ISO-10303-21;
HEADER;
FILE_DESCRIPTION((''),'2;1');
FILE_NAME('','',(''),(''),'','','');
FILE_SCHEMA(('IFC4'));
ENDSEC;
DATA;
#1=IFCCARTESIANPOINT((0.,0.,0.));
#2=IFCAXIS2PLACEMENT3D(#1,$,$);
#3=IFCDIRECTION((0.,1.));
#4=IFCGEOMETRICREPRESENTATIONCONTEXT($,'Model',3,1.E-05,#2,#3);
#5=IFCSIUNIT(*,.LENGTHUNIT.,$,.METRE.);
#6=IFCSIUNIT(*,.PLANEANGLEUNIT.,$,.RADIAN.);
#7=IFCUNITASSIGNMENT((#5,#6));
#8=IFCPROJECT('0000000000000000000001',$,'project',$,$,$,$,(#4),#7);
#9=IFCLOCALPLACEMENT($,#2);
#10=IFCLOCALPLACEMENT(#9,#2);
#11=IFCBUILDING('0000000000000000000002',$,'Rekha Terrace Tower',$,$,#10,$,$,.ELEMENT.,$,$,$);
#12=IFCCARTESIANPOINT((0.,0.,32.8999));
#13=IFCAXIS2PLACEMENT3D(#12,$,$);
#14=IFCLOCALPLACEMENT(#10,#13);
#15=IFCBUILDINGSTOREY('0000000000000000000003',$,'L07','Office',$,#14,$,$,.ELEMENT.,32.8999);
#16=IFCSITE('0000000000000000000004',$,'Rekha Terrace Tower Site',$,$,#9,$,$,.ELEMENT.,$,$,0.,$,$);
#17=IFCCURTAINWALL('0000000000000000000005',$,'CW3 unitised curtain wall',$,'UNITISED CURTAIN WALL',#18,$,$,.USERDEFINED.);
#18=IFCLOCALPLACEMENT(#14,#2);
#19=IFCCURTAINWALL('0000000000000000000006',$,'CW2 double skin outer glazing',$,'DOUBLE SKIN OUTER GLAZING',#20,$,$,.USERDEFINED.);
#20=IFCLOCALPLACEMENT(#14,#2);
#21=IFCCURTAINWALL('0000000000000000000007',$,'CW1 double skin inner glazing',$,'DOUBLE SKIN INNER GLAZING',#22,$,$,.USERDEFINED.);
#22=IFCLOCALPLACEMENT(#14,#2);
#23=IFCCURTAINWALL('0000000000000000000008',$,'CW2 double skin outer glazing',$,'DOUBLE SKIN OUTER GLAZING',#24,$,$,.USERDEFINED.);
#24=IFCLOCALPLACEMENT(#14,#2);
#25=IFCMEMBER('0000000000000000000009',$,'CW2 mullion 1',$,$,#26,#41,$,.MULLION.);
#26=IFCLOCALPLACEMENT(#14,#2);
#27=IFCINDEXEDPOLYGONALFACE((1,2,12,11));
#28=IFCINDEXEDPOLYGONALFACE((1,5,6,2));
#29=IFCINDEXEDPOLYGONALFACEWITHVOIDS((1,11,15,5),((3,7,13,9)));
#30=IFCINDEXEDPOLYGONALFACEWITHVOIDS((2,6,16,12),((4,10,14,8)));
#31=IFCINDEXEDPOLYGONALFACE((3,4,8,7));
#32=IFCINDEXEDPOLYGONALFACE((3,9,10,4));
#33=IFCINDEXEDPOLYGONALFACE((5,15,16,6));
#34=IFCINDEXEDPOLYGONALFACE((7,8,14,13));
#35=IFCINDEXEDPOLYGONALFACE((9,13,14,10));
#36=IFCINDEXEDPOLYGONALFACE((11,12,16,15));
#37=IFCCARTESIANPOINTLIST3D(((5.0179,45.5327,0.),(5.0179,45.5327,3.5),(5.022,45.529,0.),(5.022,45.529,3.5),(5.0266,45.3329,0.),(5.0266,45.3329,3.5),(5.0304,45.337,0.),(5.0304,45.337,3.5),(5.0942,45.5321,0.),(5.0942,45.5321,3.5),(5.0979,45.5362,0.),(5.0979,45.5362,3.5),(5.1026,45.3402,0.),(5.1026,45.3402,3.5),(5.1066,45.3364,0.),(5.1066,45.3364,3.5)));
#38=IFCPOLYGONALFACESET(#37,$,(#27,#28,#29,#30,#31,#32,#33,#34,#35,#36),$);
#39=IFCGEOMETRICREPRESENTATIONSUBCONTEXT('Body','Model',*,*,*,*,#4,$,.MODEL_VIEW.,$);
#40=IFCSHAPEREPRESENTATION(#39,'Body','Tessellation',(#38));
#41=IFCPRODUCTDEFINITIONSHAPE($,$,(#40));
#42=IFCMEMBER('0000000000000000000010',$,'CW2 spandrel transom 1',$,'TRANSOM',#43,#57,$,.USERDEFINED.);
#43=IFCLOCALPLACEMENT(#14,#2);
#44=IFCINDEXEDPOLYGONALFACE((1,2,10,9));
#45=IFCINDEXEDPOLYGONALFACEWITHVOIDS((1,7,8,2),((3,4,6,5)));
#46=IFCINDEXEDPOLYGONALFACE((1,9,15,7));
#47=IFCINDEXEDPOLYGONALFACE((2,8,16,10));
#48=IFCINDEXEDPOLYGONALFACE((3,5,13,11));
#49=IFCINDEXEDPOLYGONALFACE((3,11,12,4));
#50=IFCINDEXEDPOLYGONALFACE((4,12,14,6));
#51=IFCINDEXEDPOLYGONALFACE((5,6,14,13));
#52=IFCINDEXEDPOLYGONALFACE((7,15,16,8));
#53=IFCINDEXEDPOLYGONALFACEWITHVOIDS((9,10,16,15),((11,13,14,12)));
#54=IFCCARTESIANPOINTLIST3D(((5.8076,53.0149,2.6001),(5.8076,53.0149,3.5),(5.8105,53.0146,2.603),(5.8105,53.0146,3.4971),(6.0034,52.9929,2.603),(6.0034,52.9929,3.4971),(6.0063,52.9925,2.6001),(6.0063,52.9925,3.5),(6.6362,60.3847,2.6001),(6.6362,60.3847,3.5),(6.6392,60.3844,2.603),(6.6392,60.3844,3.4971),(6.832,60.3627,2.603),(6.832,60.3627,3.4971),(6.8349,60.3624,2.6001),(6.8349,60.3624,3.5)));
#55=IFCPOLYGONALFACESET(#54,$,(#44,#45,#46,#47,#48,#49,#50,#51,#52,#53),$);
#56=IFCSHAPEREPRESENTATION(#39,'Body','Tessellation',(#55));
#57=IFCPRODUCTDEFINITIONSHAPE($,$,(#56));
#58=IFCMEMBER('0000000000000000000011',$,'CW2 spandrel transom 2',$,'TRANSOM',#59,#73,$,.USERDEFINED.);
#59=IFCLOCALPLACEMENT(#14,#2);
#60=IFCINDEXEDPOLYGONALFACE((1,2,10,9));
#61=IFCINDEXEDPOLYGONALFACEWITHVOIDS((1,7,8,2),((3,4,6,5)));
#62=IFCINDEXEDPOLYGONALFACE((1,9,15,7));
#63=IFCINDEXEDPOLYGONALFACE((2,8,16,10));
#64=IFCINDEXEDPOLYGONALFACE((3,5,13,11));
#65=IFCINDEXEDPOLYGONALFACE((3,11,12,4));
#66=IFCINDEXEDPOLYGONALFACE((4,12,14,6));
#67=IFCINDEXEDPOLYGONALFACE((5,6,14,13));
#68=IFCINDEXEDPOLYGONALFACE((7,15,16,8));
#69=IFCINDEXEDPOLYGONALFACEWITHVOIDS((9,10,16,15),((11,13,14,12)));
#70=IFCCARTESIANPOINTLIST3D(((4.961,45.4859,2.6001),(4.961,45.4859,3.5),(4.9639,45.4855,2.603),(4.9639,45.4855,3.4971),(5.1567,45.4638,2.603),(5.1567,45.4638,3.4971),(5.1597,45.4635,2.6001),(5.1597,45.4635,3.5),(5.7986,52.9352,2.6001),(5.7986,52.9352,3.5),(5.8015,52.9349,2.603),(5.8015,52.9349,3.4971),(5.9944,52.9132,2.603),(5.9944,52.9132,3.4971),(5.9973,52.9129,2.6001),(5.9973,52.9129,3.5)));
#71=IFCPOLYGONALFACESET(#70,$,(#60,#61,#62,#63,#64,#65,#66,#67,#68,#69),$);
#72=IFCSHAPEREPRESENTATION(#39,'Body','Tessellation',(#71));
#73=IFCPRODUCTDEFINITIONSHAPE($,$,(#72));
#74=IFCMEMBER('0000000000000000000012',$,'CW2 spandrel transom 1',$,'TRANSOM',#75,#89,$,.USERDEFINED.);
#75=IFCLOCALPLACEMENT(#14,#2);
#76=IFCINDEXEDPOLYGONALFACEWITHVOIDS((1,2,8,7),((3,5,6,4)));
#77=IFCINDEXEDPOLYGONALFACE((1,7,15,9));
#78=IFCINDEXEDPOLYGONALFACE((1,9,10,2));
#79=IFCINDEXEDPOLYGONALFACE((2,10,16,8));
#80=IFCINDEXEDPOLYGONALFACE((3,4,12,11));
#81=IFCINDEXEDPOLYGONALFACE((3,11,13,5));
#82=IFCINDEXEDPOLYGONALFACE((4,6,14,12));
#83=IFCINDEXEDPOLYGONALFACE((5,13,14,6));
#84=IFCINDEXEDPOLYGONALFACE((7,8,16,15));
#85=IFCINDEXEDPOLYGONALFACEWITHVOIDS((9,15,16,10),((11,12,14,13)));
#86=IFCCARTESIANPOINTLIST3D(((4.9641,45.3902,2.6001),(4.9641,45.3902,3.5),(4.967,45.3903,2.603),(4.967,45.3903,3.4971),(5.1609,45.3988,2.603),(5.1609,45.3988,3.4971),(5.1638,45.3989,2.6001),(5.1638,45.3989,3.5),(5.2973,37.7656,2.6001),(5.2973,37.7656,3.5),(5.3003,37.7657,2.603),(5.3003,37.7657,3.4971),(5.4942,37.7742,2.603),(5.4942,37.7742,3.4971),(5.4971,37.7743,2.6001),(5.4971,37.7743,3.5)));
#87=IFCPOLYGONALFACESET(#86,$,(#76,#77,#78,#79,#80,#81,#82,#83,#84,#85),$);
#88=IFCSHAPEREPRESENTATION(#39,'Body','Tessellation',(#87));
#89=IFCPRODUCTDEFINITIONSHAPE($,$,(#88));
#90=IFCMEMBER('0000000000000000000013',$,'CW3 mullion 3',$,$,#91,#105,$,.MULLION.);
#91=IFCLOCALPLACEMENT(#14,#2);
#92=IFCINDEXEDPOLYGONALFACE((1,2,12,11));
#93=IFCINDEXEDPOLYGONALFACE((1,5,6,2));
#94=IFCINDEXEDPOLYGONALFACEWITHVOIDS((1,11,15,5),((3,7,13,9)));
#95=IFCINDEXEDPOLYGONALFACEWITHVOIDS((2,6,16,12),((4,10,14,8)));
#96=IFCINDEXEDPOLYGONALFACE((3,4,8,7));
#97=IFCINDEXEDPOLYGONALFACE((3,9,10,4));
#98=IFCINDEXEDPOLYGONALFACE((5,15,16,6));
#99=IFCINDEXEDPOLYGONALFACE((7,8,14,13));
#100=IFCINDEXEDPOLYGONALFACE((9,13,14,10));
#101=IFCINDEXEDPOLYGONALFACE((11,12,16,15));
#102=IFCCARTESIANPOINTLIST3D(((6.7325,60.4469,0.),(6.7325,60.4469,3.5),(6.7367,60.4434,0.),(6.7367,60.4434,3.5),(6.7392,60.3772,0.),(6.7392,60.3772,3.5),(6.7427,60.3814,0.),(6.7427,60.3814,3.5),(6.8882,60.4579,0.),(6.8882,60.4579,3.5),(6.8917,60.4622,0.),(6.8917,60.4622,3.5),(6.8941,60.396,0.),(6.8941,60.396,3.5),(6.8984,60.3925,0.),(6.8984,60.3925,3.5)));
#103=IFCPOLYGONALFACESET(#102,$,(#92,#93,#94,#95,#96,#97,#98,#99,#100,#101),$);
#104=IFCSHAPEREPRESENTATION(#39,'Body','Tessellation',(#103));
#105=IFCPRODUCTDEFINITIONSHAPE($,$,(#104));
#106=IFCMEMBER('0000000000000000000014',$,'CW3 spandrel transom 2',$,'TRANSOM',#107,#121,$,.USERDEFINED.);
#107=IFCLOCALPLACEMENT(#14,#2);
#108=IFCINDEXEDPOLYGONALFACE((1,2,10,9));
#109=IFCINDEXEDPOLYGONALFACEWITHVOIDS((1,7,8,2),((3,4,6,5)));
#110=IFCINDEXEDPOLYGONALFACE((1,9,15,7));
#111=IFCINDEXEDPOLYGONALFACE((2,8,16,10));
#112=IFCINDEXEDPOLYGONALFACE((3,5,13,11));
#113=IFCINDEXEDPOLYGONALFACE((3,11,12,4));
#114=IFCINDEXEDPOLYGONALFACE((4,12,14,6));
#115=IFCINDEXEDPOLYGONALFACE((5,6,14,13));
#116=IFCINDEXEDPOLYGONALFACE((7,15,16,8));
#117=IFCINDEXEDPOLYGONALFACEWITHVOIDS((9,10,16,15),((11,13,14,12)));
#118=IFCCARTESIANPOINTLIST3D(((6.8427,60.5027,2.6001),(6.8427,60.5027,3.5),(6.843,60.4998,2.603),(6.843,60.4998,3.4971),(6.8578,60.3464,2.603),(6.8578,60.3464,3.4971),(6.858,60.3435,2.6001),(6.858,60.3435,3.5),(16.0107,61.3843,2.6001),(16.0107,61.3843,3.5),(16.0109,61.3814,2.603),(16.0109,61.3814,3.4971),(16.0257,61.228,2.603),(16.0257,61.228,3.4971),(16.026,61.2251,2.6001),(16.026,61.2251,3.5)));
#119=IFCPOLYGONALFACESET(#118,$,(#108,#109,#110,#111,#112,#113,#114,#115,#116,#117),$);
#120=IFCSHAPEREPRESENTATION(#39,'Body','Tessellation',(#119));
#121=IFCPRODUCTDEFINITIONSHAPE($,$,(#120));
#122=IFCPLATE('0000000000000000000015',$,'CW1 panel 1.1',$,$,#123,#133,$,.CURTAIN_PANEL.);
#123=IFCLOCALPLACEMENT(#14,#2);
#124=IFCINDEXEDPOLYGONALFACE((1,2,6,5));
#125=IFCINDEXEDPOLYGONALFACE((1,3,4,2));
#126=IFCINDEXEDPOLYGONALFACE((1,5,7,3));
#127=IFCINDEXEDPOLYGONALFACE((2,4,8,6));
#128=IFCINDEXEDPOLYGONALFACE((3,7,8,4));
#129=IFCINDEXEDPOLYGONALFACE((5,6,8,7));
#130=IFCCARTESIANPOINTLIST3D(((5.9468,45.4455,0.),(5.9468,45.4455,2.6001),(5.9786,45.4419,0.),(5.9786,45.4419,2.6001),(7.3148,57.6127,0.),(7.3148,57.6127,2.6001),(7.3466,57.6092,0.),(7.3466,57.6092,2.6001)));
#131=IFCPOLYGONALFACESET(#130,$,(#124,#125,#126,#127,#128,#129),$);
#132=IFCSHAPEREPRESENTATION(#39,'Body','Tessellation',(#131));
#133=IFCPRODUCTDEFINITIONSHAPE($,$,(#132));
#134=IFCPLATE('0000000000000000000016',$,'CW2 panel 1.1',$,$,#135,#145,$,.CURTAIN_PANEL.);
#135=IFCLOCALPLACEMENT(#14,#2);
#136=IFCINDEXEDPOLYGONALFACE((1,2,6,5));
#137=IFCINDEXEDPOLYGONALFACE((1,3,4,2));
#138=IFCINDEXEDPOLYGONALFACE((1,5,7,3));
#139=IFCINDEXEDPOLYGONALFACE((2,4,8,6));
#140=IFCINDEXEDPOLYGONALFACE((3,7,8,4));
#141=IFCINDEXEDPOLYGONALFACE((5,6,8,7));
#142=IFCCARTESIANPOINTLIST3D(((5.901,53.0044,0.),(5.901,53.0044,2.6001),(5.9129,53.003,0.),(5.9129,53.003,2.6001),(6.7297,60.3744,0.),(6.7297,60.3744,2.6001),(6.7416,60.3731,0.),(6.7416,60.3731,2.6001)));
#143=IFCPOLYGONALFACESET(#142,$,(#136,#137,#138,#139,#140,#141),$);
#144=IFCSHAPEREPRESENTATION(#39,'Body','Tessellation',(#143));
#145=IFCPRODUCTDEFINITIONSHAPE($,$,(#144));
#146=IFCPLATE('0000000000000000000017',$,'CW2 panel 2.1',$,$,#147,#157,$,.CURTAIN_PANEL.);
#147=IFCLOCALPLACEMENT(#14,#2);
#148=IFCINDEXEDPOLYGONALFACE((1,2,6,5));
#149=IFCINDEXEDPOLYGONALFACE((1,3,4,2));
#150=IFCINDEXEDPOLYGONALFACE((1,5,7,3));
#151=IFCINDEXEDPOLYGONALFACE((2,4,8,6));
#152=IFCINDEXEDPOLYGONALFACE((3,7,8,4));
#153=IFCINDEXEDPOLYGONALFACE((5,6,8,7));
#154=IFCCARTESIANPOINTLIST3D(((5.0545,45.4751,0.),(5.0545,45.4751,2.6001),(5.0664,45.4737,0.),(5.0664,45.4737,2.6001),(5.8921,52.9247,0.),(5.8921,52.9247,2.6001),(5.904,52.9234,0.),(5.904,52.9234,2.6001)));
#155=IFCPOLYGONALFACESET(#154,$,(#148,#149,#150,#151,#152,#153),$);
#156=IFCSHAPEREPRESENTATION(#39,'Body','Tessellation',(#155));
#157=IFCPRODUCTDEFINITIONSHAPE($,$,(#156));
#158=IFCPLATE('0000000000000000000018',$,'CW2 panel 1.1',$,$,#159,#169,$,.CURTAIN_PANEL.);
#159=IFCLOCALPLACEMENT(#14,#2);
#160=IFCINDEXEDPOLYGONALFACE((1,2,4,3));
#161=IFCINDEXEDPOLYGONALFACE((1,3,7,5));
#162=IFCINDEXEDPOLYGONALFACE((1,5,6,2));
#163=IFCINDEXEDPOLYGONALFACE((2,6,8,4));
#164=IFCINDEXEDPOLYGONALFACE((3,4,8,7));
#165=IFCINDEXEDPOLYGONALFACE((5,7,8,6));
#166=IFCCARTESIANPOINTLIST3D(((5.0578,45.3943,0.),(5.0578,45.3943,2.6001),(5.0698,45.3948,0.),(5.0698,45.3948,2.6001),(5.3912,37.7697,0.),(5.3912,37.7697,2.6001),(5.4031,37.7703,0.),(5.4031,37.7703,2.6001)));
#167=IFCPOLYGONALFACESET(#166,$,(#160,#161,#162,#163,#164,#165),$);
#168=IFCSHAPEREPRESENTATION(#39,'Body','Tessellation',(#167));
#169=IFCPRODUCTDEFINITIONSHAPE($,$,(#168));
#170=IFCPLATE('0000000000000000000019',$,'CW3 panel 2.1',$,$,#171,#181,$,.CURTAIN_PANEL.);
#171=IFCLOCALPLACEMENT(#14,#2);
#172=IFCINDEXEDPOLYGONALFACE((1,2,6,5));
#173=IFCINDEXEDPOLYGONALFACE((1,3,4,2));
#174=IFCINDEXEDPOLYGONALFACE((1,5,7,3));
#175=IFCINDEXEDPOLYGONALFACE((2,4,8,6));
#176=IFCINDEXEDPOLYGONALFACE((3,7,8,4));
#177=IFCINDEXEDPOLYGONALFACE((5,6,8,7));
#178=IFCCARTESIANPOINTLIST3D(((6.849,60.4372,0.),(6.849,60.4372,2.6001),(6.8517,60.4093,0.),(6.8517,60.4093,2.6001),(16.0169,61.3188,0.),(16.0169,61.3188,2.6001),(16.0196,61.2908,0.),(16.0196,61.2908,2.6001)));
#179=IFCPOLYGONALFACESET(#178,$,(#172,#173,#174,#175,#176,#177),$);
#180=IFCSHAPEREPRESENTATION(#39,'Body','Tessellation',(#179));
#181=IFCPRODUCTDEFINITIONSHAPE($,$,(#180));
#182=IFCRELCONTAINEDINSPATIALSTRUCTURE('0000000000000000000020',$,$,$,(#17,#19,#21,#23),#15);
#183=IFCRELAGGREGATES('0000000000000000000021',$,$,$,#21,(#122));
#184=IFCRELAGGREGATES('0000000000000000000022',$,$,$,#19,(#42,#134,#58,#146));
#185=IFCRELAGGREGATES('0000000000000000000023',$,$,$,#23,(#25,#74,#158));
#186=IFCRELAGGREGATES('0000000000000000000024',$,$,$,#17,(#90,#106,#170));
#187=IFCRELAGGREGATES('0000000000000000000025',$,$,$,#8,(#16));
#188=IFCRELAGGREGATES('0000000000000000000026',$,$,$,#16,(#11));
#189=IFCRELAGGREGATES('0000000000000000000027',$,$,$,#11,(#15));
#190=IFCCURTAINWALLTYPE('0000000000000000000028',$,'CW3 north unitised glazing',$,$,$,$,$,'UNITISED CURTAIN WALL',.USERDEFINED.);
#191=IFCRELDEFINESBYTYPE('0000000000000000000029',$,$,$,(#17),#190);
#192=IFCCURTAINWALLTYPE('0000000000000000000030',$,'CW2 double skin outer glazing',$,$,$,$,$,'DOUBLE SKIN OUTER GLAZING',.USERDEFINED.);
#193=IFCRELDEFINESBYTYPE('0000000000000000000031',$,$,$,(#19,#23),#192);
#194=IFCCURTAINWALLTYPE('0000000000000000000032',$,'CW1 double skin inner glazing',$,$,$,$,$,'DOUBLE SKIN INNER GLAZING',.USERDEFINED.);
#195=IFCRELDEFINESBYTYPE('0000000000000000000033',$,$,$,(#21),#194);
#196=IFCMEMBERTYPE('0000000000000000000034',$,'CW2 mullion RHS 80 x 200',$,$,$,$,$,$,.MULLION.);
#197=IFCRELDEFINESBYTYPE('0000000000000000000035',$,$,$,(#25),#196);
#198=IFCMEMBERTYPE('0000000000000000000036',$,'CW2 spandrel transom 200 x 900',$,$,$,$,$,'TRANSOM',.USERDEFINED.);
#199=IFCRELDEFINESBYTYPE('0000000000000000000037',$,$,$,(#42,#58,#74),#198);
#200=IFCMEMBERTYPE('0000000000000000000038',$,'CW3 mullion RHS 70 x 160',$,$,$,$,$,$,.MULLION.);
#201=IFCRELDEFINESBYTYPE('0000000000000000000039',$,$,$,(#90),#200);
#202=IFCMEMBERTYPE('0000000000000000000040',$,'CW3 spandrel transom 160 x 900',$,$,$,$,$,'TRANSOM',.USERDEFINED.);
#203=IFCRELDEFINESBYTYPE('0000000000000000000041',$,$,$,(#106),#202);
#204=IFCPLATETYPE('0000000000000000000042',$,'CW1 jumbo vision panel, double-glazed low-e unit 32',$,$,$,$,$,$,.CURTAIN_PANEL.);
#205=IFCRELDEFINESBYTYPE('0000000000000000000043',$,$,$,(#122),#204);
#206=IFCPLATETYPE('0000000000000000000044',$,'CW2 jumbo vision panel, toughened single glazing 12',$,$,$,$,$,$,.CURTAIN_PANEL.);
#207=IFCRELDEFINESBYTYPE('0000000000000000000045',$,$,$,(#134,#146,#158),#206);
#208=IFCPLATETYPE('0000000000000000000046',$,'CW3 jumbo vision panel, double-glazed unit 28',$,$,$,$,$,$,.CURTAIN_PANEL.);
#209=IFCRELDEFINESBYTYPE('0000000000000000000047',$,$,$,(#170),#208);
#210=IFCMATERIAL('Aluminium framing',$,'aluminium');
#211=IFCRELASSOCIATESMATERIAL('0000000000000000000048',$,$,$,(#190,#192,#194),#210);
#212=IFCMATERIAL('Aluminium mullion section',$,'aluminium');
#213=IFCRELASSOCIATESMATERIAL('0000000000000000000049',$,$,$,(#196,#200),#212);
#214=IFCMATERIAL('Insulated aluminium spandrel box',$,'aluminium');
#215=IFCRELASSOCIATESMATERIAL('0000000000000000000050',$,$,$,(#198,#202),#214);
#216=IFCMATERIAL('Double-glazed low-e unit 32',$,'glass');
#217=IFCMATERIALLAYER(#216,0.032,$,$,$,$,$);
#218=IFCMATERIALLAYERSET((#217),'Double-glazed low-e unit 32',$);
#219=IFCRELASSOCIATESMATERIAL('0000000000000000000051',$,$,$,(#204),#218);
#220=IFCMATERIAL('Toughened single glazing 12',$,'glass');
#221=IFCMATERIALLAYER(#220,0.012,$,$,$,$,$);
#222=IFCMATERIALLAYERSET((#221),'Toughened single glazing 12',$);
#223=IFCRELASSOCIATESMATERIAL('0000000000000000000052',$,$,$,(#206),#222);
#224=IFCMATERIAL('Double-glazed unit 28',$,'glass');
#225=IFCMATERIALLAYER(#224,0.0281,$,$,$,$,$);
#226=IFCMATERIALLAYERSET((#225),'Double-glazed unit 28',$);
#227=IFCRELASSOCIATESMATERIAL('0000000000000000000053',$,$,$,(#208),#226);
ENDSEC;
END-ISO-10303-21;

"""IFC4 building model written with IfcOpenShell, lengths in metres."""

from ifc_helpers import new_model, si_unit, direction, frame, origin, origin_2d, place, context, subcontext, project, spatial, rectangle, hollow_rectangle, extrude, material, layer, layer_set, material_profile, profile_set, type_object, element, aggregate, save


model = new_model("IFC4")

# Units and contexts
model_context = context("Model", 3, precision=1e-05, world=origin(), true_north=direction((0.0, 1.0)))
body_context = subcontext(model_context, "Body", "Model", "MODEL_VIEW")
ifc_project = project(units=[si_unit("LENGTHUNIT", "METRE"), si_unit("PLANEANGLEUNIT", "RADIAN")], contexts=[model_context])

# Site, building, storey
site_placement = place(None, origin())
site = spatial("IfcSite", under=ifc_project, at=site_placement, Name="Rekha Terrace Tower Site", CompositionType="ELEMENT", RefElevation=0.0)
building_placement = place(site_placement, origin())
building = spatial("IfcBuilding", under=site, at=building_placement, Name="Rekha Terrace Tower", CompositionType="ELEMENT")
storey_placement = place(building_placement, frame((0.0, 0.0, 32.8999)))
storey = spatial("IfcBuildingStorey", under=building, at=storey_placement, Name="L07", Description="Office", CompositionType="ELEMENT", Elevation=32.8999)

# Curtain walls
ifc_material_1 = material(Name="Aluminium framing", Category="aluminium")
curtain_wall_type_1 = type_object("IfcCurtainWallType", Name="CW3 north unitised glazing", ElementType="UNITISED CURTAIN WALL", PredefinedType="USERDEFINED", material=ifc_material_1)
curtain_wall_1_placement = place(storey_placement, origin())
curtain_wall_1 = element("IfcCurtainWall", 1, at=curtain_wall_1_placement, inside=storey, type_object=curtain_wall_type_1, Name="CW3 unitised curtain wall", ObjectType="UNITISED CURTAIN WALL", PredefinedType="USERDEFINED")
curtain_wall_type_2 = type_object("IfcCurtainWallType", Name="CW2 double skin outer glazing", ElementType="DOUBLE SKIN OUTER GLAZING", PredefinedType="USERDEFINED", material=ifc_material_1)
curtain_wall_2_placement = place(storey_placement, origin())
curtain_wall_2 = element("IfcCurtainWall", 2, at=curtain_wall_2_placement, inside=storey, type_object=curtain_wall_type_2, Name="CW2 double skin outer glazing", ObjectType="DOUBLE SKIN OUTER GLAZING", PredefinedType="USERDEFINED")
curtain_wall_type_3 = type_object("IfcCurtainWallType", Name="CW1 double skin inner glazing", ElementType="DOUBLE SKIN INNER GLAZING", PredefinedType="USERDEFINED", material=ifc_material_1)
curtain_wall_3_placement = place(storey_placement, origin())
curtain_wall_3 = element("IfcCurtainWall", 3, at=curtain_wall_3_placement, inside=storey, type_object=curtain_wall_type_3, Name="CW1 double skin inner glazing", ObjectType="DOUBLE SKIN INNER GLAZING", PredefinedType="USERDEFINED")
ifc_material_2 = material(Name="Aluminium mullion section", Category="aluminium")

# Shared definitions
ifc_material_3 = material(Name="Insulated aluminium spandrel box", Category="aluminium")
ifc_material_profile_1 = material_profile(ifc_material_2, hollow_rectangle(XDim=0.0801, YDim=0.2, WallThickness=0.0039, at=origin_2d()), Name="AL RHS 80x200")
ifc_profile_set_1 = profile_set([ifc_material_profile_1], Name="Aluminium mullion section")
member_type_1 = type_object("IfcMemberType", Name="CW2 mullion RHS 80 x 200", PredefinedType="MULLION", material=ifc_profile_set_1)

# Curtain wall, member
curtain_wall_4_placement = place(storey_placement, origin())
curtain_wall_4 = element("IfcCurtainWall", 4, at=curtain_wall_4_placement, inside=storey, type_object=curtain_wall_type_2, Name="CW2 double skin outer glazing", ObjectType="DOUBLE SKIN OUTER GLAZING", PredefinedType="USERDEFINED")
member_1_placement = place(storey_placement, frame((5.0623, 45.4346, 0.0), z_axis=(0.0, 0.0, 1.0), x_axis=(0.999045, 0.043683, 0.0)))
member_1 = element("IfcMember", 5, at=member_1_placement, type_object=member_type_1, Name="CW2 mullion 1", PredefinedType="MULLION", context=body_context, shape_type="SweptSolid", body=[
    extrude(hollow_rectangle(XDim=0.0801, YDim=0.2, WallThickness=0.0039, at=origin_2d()), origin(), (0.0, 0.0, 1.0), 3.5),
])

# Members
ifc_material_profile_2 = material_profile(ifc_material_3, hollow_rectangle(XDim=0.2, YDim=0.8999, WallThickness=0.0029, at=origin_2d()), Name="AL SPANDREL BOX 200x900")
ifc_profile_set_2 = profile_set([ifc_material_profile_2], Name="Insulated aluminium spandrel box")
member_type_2 = type_object("IfcMemberType", Name="CW2 spandrel transom 200 x 900", ElementType="TRANSOM", PredefinedType="USERDEFINED", material=ifc_profile_set_2)
member_2_placement = place(storey_placement, frame((6.7356, 60.3735, 3.05), z_axis=(-0.111729, -0.993739, 0.0), x_axis=(0.993739, -0.111729, 0.0)))
member_2 = element("IfcMember", 6, at=member_2_placement, type_object=member_type_2, Name="CW2 spandrel transom 1", ObjectType="TRANSOM", PredefinedType="USERDEFINED", context=body_context, shape_type="SweptSolid", body=[
    extrude(hollow_rectangle(XDim=0.2, YDim=0.8999, WallThickness=0.0029, at=origin_2d()), origin(), (0.0, 0.0, 1.0), 7.4163),
])
member_3_placement = place(storey_placement, frame((5.8979, 52.9241, 3.05), z_axis=(-0.11174, -0.993738, 0.0), x_axis=(0.993738, -0.11174, 0.0)))
member_3 = element("IfcMember", 7, at=member_3_placement, type_object=member_type_2, Name="CW2 spandrel transom 2", ObjectType="TRANSOM", PredefinedType="USERDEFINED", context=body_context, shape_type="SweptSolid", body=[
    extrude(hollow_rectangle(XDim=0.2, YDim=0.8999, WallThickness=0.0029, at=origin_2d()), origin(), (0.0, 0.0, 1.0), 7.4963),
])
member_4_placement = place(storey_placement, frame((5.064, 45.3945, 3.05), z_axis=(0.043666, -0.999046, 0.0), x_axis=(0.999046, 0.043666, 0.0)))
member_4 = element("IfcMember", 8, at=member_4_placement, type_object=member_type_2, Name="CW2 spandrel transom 1", ObjectType="TRANSOM", PredefinedType="USERDEFINED", context=body_context, shape_type="SweptSolid", body=[
    extrude(hollow_rectangle(XDim=0.2, YDim=0.8999, WallThickness=0.0029, at=origin_2d()), origin(), (0.0, 0.0, 1.0), 7.6318),
])
ifc_material_profile_3 = material_profile(ifc_material_2, hollow_rectangle(XDim=0.0701, YDim=0.1599, WallThickness=0.0039, at=origin_2d()), Name="AL RHS 70x160")
ifc_profile_set_3 = profile_set([ifc_material_profile_3], Name="Aluminium mullion section")
member_type_3 = type_object("IfcMemberType", Name="CW3 mullion RHS 70 x 160", PredefinedType="MULLION", material=ifc_profile_set_3)
member_5_placement = place(storey_placement, frame((6.8154, 60.4197, 0.0), z_axis=(0.0, 0.0, 1.0), x_axis=(0.095712, -0.995409, 0.0)))
member_5 = element("IfcMember", 9, at=member_5_placement, type_object=member_type_3, Name="CW3 mullion 3", PredefinedType="MULLION", context=body_context, shape_type="SweptSolid", body=[
    extrude(hollow_rectangle(XDim=0.0701, YDim=0.1599, WallThickness=0.0039, at=origin_2d()), origin(), (0.0, 0.0, 1.0), 3.5),
])
ifc_material_profile_4 = material_profile(ifc_material_3, hollow_rectangle(XDim=0.1599, YDim=0.8999, WallThickness=0.0029, at=origin_2d()), Name="AL SPANDREL BOX 160x900")
ifc_profile_set_4 = profile_set([ifc_material_profile_4], Name="Insulated aluminium spandrel box")
member_type_4 = type_object("IfcMemberType", Name="CW3 spandrel transom 160 x 900", ElementType="TRANSOM", PredefinedType="USERDEFINED", material=ifc_profile_set_4)
member_6_placement = place(storey_placement, frame((16.0183, 61.3047, 3.05), z_axis=(-0.995408, -0.095718, 0.0), x_axis=(0.095718, -0.995408, 0.0)))
member_6 = element("IfcMember", 10, at=member_6_placement, type_object=member_type_4, Name="CW3 spandrel transom 2", ObjectType="TRANSOM", PredefinedType="USERDEFINED", context=body_context, shape_type="SweptSolid", body=[
    extrude(hollow_rectangle(XDim=0.1599, YDim=0.8999, WallThickness=0.0029, at=origin_2d()), origin(), (0.0, 0.0, 1.0), 9.2102),
])

# Plates
ifc_material_4 = material(Name="Double-glazed low-e unit 32", Category="glass")
ifc_layer_1 = layer(ifc_material_4, 0.032)
ifc_layer_set_1 = layer_set([ifc_layer_1], Name="Double-glazed low-e unit 32")
plate_type_1 = type_object("IfcPlateType", Name="CW1 jumbo vision panel, double-glazed low-e unit 32", PredefinedType="CURTAIN_PANEL", material=ifc_layer_set_1)
plate_1_placement = place(storey_placement, frame((6.6467, 51.5273, 0.0), z_axis=(0.0, 0.0, 1.0), x_axis=(-0.11173, -0.993739, 0.0)))
plate_1 = element("IfcPlate", 11, at=plate_1_placement, type_object=plate_type_1, Name="CW1 panel 1.1", PredefinedType="CURTAIN_PANEL", context=body_context, shape_type="SweptSolid", body=[
    extrude(rectangle(XDim=12.2439, YDim=0.032, at=origin_2d()), origin(), (0.0, 0.0, 1.0), 2.6001),
])
aggregate(curtain_wall_3, [plate_1])
ifc_material_5 = material(Name="Toughened single glazing 12", Category="glass")
ifc_layer_2 = layer(ifc_material_5, 0.012)
ifc_layer_set_2 = layer_set([ifc_layer_2], Name="Toughened single glazing 12")
plate_type_2 = type_object("IfcPlateType", Name="CW2 jumbo vision panel, toughened single glazing 12", PredefinedType="CURTAIN_PANEL", material=ifc_layer_set_2)
plate_2_placement = place(storey_placement, frame((6.3213, 56.6887, 0.0), z_axis=(0.0, 0.0, 1.0), x_axis=(-0.11173, -0.993739, 0.0)))
plate_2 = element("IfcPlate", 12, at=plate_2_placement, type_object=plate_type_2, Name="CW2 panel 1.1", PredefinedType="CURTAIN_PANEL", context=body_context, shape_type="SweptSolid", body=[
    extrude(rectangle(XDim=7.4165, YDim=0.012, at=origin_2d()), origin(), (0.0, 0.0, 1.0), 2.6001),
])
plate_3_placement = place(storey_placement, frame((5.4792, 49.1992, 0.0), z_axis=(0.0, 0.0, 1.0), x_axis=(-0.11173, -0.993739, 0.0)))
plate_3 = element("IfcPlate", 13, at=plate_3_placement, type_object=plate_type_2, Name="CW2 panel 2.1", PredefinedType="CURTAIN_PANEL", context=body_context, shape_type="SweptSolid", body=[
    extrude(rectangle(XDim=7.4966, YDim=0.012, at=origin_2d()), origin(), (0.0, 0.0, 1.0), 2.6001),
])
aggregate(curtain_wall_2, [member_2, plate_2, member_3, plate_3])
plate_4_placement = place(storey_placement, frame((5.2305, 41.5823, 0.0), z_axis=(0.0, 0.0, 1.0), x_axis=(0.043683, -0.999045, 0.0)))
plate_4 = element("IfcPlate", 14, at=plate_4_placement, type_object=plate_type_2, Name="CW2 panel 1.1", PredefinedType="CURTAIN_PANEL", context=body_context, shape_type="SweptSolid", body=[
    extrude(rectangle(XDim=7.6318, YDim=0.012, at=origin_2d()), origin(), (0.0, 0.0, 1.0), 2.6001),
])
aggregate(curtain_wall_4, [member_1, member_4, plate_4])
ifc_material_6 = material(Name="Double-glazed unit 28", Category="glass")
ifc_layer_3 = layer(ifc_material_6, 0.0281)
ifc_layer_set_3 = layer_set([ifc_layer_3], Name="Double-glazed unit 28")
plate_type_3 = type_object("IfcPlateType", Name="CW3 jumbo vision panel, double-glazed unit 28", PredefinedType="CURTAIN_PANEL", material=ifc_layer_set_3)
plate_5_placement = place(storey_placement, frame((11.4343, 60.864, 0.0), z_axis=(0.0, 0.0, 1.0), x_axis=(-0.995409, -0.095712, 0.0)))
plate_5 = element("IfcPlate", 15, at=plate_5_placement, type_object=plate_type_3, Name="CW3 panel 2.1", PredefinedType="CURTAIN_PANEL", context=body_context, shape_type="SweptSolid", body=[
    extrude(rectangle(XDim=9.2102, YDim=0.0281, at=origin_2d()), origin(), (0.0, 0.0, 1.0), 2.6001),
])
aggregate(curtain_wall_1, [member_5, member_6, plate_5])

save(model, "model.ifc")
